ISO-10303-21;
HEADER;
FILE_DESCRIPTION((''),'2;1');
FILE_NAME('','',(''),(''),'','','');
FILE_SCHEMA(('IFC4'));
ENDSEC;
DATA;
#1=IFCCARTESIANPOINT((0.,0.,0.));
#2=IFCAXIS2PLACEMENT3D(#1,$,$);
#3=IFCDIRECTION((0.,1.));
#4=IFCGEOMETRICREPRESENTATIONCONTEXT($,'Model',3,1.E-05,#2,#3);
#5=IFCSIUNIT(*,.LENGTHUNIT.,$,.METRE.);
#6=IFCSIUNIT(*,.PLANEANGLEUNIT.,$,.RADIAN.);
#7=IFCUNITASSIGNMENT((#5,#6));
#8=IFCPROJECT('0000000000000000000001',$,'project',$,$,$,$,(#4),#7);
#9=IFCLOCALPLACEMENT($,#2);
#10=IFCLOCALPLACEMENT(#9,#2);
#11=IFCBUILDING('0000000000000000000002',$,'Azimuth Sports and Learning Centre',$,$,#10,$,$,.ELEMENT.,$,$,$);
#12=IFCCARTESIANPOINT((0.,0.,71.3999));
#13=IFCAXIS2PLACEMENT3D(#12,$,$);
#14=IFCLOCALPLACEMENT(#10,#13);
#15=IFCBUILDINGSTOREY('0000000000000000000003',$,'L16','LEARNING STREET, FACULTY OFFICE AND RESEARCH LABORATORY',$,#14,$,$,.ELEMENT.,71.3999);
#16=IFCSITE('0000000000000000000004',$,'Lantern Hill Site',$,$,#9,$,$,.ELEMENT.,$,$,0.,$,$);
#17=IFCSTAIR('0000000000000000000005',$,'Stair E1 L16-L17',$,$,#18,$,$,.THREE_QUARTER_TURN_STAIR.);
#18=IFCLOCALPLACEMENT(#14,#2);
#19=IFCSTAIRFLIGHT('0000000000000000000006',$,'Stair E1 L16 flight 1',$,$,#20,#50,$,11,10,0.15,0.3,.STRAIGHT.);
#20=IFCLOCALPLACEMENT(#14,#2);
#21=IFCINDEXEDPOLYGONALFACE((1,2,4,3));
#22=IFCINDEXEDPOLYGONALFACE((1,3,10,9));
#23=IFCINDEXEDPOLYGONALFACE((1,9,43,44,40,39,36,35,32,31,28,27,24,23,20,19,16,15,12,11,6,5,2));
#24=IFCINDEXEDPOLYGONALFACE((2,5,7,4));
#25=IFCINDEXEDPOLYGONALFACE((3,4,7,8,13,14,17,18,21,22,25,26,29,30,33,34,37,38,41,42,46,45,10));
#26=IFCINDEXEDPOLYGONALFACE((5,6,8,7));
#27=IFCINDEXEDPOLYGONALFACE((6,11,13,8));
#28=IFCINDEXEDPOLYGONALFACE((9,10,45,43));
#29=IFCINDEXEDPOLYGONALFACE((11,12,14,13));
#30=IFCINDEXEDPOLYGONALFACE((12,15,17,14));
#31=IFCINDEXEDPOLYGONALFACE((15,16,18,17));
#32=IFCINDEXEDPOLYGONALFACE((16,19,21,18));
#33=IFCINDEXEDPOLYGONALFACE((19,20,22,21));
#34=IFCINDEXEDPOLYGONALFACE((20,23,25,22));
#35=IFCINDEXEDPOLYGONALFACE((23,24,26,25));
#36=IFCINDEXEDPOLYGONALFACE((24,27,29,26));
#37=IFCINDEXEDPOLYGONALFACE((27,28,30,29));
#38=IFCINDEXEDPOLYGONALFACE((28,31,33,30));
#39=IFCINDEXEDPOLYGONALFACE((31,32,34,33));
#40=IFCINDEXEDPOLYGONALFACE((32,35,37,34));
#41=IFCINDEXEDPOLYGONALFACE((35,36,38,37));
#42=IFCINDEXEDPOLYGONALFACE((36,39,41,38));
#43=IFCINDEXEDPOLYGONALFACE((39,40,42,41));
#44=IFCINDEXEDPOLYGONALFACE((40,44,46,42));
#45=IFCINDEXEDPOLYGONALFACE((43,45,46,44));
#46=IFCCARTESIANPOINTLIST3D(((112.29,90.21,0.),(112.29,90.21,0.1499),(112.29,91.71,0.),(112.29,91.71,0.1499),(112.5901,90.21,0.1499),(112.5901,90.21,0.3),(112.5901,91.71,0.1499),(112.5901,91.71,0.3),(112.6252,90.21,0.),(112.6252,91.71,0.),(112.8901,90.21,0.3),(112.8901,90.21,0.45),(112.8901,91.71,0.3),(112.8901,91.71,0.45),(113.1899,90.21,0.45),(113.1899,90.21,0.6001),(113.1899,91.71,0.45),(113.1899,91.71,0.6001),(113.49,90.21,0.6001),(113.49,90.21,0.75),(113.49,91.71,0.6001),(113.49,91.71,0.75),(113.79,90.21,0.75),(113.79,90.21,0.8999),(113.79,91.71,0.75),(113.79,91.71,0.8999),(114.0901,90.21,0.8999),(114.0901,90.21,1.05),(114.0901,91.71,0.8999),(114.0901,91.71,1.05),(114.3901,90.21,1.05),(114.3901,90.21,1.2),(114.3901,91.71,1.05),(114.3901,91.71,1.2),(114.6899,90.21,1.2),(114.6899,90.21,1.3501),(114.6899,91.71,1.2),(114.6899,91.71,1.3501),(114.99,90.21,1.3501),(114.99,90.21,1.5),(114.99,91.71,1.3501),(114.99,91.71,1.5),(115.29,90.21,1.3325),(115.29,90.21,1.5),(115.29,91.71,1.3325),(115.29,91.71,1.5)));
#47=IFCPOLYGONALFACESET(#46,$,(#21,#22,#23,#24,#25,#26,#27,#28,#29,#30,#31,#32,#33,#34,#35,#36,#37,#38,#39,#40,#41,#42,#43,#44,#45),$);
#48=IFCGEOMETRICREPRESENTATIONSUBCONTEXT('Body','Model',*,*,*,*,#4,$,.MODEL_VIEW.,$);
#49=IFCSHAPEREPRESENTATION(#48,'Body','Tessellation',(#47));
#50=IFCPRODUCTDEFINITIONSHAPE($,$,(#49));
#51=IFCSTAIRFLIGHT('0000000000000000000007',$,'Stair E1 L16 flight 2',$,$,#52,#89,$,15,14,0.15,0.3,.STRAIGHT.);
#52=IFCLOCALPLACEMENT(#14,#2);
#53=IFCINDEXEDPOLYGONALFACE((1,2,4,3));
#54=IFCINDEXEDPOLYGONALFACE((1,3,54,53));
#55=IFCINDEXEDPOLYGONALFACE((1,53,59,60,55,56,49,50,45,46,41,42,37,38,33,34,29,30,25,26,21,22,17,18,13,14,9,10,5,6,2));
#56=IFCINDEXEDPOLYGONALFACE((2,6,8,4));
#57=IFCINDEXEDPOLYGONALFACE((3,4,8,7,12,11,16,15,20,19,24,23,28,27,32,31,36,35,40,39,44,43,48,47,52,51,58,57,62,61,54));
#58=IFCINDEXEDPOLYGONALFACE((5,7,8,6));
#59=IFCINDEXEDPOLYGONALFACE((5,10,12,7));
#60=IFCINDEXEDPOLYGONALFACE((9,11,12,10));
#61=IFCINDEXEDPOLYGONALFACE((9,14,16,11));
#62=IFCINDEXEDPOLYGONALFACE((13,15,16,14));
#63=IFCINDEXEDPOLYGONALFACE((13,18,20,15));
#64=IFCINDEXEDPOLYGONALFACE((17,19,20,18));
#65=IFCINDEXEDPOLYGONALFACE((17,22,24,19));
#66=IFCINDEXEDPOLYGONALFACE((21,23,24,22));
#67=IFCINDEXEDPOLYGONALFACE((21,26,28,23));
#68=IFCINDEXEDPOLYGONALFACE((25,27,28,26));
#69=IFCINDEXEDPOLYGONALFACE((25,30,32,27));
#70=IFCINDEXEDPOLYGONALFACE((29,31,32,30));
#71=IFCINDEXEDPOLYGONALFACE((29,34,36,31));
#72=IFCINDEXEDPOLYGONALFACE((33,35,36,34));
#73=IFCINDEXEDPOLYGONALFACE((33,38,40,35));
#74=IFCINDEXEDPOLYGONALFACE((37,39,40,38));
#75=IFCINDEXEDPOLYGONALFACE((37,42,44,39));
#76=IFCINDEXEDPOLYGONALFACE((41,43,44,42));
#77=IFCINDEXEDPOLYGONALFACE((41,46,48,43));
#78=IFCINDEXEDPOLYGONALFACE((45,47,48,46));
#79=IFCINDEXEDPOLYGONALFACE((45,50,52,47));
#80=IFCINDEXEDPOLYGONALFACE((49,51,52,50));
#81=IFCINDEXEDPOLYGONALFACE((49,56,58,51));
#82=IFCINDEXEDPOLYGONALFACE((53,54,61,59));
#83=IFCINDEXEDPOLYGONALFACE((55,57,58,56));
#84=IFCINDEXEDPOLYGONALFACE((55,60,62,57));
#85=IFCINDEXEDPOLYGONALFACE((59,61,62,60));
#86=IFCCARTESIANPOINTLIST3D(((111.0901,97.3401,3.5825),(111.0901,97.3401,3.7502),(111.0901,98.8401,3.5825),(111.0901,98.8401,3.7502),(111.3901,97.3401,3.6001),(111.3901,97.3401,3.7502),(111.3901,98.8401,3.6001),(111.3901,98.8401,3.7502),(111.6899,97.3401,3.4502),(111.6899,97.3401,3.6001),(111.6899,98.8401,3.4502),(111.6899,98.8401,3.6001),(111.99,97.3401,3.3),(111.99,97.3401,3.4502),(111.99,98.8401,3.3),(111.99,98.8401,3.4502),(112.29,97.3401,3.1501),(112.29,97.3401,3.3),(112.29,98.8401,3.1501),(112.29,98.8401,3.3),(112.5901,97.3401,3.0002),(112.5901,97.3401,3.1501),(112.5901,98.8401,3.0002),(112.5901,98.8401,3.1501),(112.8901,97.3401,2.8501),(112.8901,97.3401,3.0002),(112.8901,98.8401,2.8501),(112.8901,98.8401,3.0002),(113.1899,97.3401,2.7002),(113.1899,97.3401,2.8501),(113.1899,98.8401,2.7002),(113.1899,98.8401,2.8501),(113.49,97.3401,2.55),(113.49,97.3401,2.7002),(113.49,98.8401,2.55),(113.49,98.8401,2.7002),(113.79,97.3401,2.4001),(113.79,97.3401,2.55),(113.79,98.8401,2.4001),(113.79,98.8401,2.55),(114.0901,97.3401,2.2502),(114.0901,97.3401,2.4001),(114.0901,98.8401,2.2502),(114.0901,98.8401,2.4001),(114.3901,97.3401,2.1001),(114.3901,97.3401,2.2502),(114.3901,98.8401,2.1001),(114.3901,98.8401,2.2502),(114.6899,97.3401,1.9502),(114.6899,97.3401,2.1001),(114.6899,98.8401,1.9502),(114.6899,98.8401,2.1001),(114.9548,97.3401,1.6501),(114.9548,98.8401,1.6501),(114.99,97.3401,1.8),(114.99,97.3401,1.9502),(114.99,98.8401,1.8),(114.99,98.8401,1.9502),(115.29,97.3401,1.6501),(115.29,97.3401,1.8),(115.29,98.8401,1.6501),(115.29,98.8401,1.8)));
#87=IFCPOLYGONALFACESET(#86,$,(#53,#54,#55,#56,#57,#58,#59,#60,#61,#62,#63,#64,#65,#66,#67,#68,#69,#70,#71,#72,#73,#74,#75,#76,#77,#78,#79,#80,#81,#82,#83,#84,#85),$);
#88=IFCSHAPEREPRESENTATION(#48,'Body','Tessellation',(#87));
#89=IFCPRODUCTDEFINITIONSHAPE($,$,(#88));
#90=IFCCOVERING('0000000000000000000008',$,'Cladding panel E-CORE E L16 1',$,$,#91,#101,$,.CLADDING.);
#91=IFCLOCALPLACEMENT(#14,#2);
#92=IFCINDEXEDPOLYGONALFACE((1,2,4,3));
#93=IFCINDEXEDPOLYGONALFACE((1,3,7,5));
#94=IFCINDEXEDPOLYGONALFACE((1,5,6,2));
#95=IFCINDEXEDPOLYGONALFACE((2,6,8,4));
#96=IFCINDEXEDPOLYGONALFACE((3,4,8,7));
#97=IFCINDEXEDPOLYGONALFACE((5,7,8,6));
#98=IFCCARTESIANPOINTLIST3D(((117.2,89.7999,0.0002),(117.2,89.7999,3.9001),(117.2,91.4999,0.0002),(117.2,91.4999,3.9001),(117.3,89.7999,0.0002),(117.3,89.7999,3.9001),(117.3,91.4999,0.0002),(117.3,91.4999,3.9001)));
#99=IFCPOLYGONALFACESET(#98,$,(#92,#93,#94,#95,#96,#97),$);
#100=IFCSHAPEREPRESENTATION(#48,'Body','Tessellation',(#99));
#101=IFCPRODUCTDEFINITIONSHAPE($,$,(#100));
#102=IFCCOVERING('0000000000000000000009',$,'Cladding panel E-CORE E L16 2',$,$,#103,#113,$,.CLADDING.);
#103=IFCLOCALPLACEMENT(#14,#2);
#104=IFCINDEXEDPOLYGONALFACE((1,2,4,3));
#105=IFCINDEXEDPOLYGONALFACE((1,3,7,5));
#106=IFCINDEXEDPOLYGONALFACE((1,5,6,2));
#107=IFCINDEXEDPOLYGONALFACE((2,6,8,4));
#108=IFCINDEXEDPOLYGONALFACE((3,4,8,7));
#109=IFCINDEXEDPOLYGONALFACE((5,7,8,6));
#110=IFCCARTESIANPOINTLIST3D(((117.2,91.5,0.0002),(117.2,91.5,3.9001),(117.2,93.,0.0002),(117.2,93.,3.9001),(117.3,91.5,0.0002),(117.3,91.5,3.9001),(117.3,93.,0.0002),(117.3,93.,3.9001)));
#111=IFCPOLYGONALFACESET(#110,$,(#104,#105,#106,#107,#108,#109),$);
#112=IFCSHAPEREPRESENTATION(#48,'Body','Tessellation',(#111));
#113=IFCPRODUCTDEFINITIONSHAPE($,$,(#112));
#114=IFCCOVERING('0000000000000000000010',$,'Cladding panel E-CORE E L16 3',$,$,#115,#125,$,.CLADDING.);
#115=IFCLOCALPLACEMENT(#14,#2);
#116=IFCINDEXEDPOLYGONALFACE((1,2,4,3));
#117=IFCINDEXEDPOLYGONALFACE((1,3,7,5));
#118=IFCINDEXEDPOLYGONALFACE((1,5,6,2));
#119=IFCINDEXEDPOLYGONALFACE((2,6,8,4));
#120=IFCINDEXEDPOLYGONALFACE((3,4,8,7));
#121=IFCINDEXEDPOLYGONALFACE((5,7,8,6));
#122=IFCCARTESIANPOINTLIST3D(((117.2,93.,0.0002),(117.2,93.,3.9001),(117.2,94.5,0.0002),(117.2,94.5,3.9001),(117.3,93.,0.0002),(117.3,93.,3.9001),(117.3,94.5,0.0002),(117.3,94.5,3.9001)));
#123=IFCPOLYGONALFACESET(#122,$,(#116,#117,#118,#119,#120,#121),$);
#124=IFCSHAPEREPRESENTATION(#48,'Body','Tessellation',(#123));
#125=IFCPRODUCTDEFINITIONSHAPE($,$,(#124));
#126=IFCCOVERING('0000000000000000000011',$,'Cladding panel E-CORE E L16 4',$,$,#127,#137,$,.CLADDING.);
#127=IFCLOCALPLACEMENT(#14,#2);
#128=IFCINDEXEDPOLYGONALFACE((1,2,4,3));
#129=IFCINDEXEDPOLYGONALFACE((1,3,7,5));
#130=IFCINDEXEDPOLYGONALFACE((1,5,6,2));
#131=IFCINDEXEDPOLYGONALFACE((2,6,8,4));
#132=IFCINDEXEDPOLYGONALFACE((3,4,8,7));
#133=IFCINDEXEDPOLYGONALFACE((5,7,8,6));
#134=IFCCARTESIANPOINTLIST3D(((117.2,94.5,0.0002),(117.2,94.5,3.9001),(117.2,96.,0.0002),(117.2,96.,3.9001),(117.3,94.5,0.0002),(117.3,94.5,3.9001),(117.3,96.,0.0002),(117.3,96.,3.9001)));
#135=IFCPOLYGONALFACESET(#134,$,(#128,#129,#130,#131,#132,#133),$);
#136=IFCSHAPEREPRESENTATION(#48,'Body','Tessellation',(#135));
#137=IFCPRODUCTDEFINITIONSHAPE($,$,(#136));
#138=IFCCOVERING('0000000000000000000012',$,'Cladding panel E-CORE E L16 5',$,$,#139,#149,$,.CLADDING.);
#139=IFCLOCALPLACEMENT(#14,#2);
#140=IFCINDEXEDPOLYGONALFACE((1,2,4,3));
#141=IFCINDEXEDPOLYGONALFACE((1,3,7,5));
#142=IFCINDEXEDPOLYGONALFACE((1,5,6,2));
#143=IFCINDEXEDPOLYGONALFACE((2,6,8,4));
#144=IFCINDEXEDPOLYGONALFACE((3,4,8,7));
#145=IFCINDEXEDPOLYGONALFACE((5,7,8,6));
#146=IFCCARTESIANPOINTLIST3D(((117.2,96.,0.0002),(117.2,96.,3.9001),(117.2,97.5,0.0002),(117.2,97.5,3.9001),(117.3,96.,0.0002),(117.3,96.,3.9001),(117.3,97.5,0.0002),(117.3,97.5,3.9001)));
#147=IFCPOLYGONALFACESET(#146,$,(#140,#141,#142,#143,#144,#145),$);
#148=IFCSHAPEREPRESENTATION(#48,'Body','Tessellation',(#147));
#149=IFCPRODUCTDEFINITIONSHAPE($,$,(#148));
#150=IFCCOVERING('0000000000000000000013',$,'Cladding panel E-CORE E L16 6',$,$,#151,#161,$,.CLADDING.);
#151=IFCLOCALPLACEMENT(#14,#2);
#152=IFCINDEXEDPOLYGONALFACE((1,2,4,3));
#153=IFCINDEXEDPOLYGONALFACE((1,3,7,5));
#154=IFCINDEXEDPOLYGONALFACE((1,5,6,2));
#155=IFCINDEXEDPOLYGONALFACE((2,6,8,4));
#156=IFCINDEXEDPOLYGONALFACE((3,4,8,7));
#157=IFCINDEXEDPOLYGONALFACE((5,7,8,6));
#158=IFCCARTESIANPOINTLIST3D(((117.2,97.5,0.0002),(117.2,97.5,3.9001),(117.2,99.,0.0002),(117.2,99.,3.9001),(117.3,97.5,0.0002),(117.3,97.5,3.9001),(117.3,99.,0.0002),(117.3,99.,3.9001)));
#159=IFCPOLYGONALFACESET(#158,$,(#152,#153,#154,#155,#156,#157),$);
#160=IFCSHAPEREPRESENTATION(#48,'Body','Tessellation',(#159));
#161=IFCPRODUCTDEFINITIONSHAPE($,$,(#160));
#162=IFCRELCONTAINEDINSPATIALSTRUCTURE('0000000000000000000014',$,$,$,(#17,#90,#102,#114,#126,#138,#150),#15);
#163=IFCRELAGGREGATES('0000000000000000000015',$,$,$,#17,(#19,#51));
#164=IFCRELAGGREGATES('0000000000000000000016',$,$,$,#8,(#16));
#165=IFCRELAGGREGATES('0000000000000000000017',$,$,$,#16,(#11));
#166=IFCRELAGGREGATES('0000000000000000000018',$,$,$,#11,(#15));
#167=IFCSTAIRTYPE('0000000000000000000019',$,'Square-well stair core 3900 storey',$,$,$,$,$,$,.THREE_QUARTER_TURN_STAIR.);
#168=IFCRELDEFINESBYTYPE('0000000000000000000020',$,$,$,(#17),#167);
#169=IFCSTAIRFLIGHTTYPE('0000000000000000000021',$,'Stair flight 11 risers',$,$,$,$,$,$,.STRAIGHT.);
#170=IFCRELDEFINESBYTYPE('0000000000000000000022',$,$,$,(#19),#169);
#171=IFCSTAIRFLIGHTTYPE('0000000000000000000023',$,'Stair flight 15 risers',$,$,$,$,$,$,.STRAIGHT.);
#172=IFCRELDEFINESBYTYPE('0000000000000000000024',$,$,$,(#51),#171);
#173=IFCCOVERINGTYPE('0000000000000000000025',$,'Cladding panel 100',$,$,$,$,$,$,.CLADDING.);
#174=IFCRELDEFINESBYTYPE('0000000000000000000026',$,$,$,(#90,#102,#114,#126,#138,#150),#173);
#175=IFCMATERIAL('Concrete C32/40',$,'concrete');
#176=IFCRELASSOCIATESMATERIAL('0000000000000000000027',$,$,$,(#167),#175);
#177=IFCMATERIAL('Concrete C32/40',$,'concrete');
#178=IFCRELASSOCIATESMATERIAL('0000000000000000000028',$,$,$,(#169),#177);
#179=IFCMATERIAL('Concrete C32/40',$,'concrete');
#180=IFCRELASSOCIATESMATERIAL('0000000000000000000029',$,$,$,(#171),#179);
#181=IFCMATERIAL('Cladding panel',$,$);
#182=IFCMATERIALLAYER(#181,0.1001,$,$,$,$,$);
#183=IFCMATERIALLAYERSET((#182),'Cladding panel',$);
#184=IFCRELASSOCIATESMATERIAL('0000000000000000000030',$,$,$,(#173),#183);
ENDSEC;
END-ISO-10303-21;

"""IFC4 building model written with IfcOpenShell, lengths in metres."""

from ifc_helpers import new_model, si_unit, direction, frame, origin, origin_2d, place, context, subcontext, project, spatial, polyline, rectangle, outline, extrude, material, layer, layer_set, type_object, element, aggregate, save


model = new_model("IFC4")

# Units and contexts
model_context = context("Model", 3, precision=1e-05, world=origin(), true_north=direction((0.0, 1.0)))
body_context = subcontext(model_context, "Body", "Model", "MODEL_VIEW")
ifc_project = project(units=[si_unit("LENGTHUNIT", "METRE"), si_unit("PLANEANGLEUNIT", "RADIAN")], contexts=[model_context])

# Site, building, storey
site_placement = place(None, origin())
site = spatial("IfcSite", under=ifc_project, at=site_placement, Name="Lantern Hill Site", CompositionType="ELEMENT", RefElevation=0.0)
building_placement = place(site_placement, origin())
building = spatial("IfcBuilding", under=site, at=building_placement, Name="Azimuth Sports and Learning Centre", CompositionType="ELEMENT")
storey_placement = place(building_placement, frame((0.0, 0.0, 71.3999)))
storey = spatial("IfcBuildingStorey", under=building, at=storey_placement, Name="L16", Description="LEARNING STREET, FACULTY OFFICE AND RESEARCH LABORATORY", CompositionType="ELEMENT", Elevation=71.3999)

# Stair, stair flights
ifc_material_1 = material(Name="Concrete C32/40", Category="concrete")
stair_type = type_object("IfcStairType", Name="Square-well stair core 3900 storey", PredefinedType="THREE_QUARTER_TURN_STAIR", material=ifc_material_1)
stair_placement = place(storey_placement, origin())
stair = element("IfcStair", 1, at=stair_placement, inside=storey, type_object=stair_type, Name="Stair E1 L16-L17", PredefinedType="THREE_QUARTER_TURN_STAIR")
ifc_material_2 = material(Name="Concrete C32/40", Category="concrete")
stair_flight_type_1 = type_object("IfcStairFlightType", Name="Stair flight 11 risers", PredefinedType="STRAIGHT", material=ifc_material_2)
stair_flight_1_placement = place(storey_placement, frame((112.29, 90.96, 0.0), z_axis=(0.0, 0.0, 1.0), x_axis=(1.0, 0.0, 0.0)))
stair_flight_1 = element("IfcStairFlight", 2, at=stair_flight_1_placement, type_object=stair_flight_type_1, Name="Stair E1 L16 flight 1", NumberOfRisers=11, NumberOfTreads=10, PredefinedType="STRAIGHT", RiserHeight=0.15, TreadLength=0.3, context=body_context, shape_type="SweptSolid", body=[
    extrude(outline(polyline([(0.0, 0.0), (0.0, 0.1499), (0.3, 0.1499), (0.3, 0.3), (0.6001, 0.3), (0.6001, 0.45), (0.8999, 0.45), (0.8999, 0.6001), (1.2, 0.6001), (1.2, 0.75), (1.5, 0.75), (1.5, 0.8999), (1.8, 0.8999), (1.8, 1.05), (2.1001, 1.05), (2.1001, 1.2), (2.3999, 1.2), (2.3999, 1.3501), (2.7, 1.3501), (2.7, 1.5), (3.0, 1.5), (3.0, 1.6499), (3.0, 1.3325), (0.3352, 0.0), (0.0, 0.0)])), frame((0.0, 0.75, 0.0), z_axis=(0.0, -1.0, 0.0), x_axis=(1.0, 0.0, 0.0)), (0.0, 0.0, 1.0), 1.5),
])
ifc_material_3 = material(Name="Concrete C32/40", Category="concrete")
stair_flight_type_2 = type_object("IfcStairFlightType", Name="Stair flight 15 risers", PredefinedType="STRAIGHT", material=ifc_material_3)
stair_flight_2_placement = place(storey_placement, frame((115.29, 98.0901, 1.6501), z_axis=(0.0, 0.0, 1.0), x_axis=(-1.0, 0.0, 0.0)))
stair_flight_2 = element("IfcStairFlight", 3, at=stair_flight_2_placement, type_object=stair_flight_type_2, Name="Stair E1 L16 flight 2", NumberOfRisers=15, NumberOfTreads=14, PredefinedType="STRAIGHT", RiserHeight=0.15, TreadLength=0.3, context=body_context, shape_type="SweptSolid", body=[
    extrude(outline(polyline([(0.0, 0.0), (0.0, 0.1499), (0.3, 0.1499), (0.3, 0.3), (0.6001, 0.3), (0.6001, 0.45), (0.8999, 0.45), (0.8999, 0.6001), (1.2, 0.6001), (1.2, 0.75), (1.5, 0.75), (1.5, 0.8999), (1.8, 0.8999), (1.8, 1.05), (2.1001, 1.05), (2.1001, 1.2), (2.3999, 1.2), (2.3999, 1.3501), (2.7, 1.3501), (2.7, 1.5), (3.0, 1.5), (3.0, 1.6499), (3.3, 1.6499), (3.3, 1.8), (3.6001, 1.8), (3.6001, 1.95), (3.8999, 1.95), (3.8999, 2.1001), (4.2, 2.1001), (4.2, 2.25), (4.2, 1.9324), (0.3352, 0.0), (0.0, 0.0)])), frame((0.0, 0.75, 0.0), z_axis=(0.0, -1.0, 0.0), x_axis=(1.0, 0.0, 0.0)), (0.0, 0.0, 1.0), 1.5),
])
aggregate(stair, [stair_flight_1, stair_flight_2])

# Coverings
ifc_material_4 = material(Name="Cladding panel")
ifc_layer_1 = layer(ifc_material_4, 0.1001)
ifc_layer_set_1 = layer_set([ifc_layer_1], Name="Cladding panel")
covering_type = type_object("IfcCoveringType", Name="Cladding panel 100", PredefinedType="CLADDING", material=ifc_layer_set_1)
covering_placement = place(storey_placement, frame((117.25, 90.6499, 0.0002), z_axis=(0.0, 0.0, 1.0), x_axis=(0.0, 1.0, 0.0)))
element("IfcCovering", 4, at=covering_placement, inside=storey, type_object=covering_type, Name="Cladding panel E-CORE E L16 1", PredefinedType="CLADDING", context=body_context, shape_type="SweptSolid", body=[
    extrude(rectangle(XDim=1.7, YDim=0.1001, at=origin_2d()), origin(), (0.0, 0.0, 1.0), 3.8999),
])
for number, where, z_axis, x_axis, name in (
    (5, (117.25, 92.25, 0.0002), (0.0, 0.0, 1.0), (0.0, 1.0, 0.0), "Cladding panel E-CORE E L16 2"),
    (6, (117.25, 93.75, 0.0002), (0.0, 0.0, 1.0), (0.0, 1.0, 0.0), "Cladding panel E-CORE E L16 3"),
    (7, (117.25, 95.25, 0.0002), (0.0, 0.0, 1.0), (0.0, 1.0, 0.0), "Cladding panel E-CORE E L16 4"),
    (8, (117.25, 96.75, 0.0002), (0.0, 0.0, 1.0), (0.0, 1.0, 0.0), "Cladding panel E-CORE E L16 5"),
    (9, (117.25, 98.25, 0.0002), (0.0, 0.0, 1.0), (0.0, 1.0, 0.0), "Cladding panel E-CORE E L16 6"),
):
    element("IfcCovering", number, at=place(storey_placement, frame(where, z_axis=z_axis, x_axis=x_axis)), inside=storey, type_object=covering_type, Name=name, PredefinedType="CLADDING", context=body_context, shape_type="SweptSolid", body=[
        extrude(rectangle(XDim=1.5, YDim=0.1001, at=origin_2d()), origin(), (0.0, 0.0, 1.0), 3.8999),
    ])

save(model, "model.ifc")
